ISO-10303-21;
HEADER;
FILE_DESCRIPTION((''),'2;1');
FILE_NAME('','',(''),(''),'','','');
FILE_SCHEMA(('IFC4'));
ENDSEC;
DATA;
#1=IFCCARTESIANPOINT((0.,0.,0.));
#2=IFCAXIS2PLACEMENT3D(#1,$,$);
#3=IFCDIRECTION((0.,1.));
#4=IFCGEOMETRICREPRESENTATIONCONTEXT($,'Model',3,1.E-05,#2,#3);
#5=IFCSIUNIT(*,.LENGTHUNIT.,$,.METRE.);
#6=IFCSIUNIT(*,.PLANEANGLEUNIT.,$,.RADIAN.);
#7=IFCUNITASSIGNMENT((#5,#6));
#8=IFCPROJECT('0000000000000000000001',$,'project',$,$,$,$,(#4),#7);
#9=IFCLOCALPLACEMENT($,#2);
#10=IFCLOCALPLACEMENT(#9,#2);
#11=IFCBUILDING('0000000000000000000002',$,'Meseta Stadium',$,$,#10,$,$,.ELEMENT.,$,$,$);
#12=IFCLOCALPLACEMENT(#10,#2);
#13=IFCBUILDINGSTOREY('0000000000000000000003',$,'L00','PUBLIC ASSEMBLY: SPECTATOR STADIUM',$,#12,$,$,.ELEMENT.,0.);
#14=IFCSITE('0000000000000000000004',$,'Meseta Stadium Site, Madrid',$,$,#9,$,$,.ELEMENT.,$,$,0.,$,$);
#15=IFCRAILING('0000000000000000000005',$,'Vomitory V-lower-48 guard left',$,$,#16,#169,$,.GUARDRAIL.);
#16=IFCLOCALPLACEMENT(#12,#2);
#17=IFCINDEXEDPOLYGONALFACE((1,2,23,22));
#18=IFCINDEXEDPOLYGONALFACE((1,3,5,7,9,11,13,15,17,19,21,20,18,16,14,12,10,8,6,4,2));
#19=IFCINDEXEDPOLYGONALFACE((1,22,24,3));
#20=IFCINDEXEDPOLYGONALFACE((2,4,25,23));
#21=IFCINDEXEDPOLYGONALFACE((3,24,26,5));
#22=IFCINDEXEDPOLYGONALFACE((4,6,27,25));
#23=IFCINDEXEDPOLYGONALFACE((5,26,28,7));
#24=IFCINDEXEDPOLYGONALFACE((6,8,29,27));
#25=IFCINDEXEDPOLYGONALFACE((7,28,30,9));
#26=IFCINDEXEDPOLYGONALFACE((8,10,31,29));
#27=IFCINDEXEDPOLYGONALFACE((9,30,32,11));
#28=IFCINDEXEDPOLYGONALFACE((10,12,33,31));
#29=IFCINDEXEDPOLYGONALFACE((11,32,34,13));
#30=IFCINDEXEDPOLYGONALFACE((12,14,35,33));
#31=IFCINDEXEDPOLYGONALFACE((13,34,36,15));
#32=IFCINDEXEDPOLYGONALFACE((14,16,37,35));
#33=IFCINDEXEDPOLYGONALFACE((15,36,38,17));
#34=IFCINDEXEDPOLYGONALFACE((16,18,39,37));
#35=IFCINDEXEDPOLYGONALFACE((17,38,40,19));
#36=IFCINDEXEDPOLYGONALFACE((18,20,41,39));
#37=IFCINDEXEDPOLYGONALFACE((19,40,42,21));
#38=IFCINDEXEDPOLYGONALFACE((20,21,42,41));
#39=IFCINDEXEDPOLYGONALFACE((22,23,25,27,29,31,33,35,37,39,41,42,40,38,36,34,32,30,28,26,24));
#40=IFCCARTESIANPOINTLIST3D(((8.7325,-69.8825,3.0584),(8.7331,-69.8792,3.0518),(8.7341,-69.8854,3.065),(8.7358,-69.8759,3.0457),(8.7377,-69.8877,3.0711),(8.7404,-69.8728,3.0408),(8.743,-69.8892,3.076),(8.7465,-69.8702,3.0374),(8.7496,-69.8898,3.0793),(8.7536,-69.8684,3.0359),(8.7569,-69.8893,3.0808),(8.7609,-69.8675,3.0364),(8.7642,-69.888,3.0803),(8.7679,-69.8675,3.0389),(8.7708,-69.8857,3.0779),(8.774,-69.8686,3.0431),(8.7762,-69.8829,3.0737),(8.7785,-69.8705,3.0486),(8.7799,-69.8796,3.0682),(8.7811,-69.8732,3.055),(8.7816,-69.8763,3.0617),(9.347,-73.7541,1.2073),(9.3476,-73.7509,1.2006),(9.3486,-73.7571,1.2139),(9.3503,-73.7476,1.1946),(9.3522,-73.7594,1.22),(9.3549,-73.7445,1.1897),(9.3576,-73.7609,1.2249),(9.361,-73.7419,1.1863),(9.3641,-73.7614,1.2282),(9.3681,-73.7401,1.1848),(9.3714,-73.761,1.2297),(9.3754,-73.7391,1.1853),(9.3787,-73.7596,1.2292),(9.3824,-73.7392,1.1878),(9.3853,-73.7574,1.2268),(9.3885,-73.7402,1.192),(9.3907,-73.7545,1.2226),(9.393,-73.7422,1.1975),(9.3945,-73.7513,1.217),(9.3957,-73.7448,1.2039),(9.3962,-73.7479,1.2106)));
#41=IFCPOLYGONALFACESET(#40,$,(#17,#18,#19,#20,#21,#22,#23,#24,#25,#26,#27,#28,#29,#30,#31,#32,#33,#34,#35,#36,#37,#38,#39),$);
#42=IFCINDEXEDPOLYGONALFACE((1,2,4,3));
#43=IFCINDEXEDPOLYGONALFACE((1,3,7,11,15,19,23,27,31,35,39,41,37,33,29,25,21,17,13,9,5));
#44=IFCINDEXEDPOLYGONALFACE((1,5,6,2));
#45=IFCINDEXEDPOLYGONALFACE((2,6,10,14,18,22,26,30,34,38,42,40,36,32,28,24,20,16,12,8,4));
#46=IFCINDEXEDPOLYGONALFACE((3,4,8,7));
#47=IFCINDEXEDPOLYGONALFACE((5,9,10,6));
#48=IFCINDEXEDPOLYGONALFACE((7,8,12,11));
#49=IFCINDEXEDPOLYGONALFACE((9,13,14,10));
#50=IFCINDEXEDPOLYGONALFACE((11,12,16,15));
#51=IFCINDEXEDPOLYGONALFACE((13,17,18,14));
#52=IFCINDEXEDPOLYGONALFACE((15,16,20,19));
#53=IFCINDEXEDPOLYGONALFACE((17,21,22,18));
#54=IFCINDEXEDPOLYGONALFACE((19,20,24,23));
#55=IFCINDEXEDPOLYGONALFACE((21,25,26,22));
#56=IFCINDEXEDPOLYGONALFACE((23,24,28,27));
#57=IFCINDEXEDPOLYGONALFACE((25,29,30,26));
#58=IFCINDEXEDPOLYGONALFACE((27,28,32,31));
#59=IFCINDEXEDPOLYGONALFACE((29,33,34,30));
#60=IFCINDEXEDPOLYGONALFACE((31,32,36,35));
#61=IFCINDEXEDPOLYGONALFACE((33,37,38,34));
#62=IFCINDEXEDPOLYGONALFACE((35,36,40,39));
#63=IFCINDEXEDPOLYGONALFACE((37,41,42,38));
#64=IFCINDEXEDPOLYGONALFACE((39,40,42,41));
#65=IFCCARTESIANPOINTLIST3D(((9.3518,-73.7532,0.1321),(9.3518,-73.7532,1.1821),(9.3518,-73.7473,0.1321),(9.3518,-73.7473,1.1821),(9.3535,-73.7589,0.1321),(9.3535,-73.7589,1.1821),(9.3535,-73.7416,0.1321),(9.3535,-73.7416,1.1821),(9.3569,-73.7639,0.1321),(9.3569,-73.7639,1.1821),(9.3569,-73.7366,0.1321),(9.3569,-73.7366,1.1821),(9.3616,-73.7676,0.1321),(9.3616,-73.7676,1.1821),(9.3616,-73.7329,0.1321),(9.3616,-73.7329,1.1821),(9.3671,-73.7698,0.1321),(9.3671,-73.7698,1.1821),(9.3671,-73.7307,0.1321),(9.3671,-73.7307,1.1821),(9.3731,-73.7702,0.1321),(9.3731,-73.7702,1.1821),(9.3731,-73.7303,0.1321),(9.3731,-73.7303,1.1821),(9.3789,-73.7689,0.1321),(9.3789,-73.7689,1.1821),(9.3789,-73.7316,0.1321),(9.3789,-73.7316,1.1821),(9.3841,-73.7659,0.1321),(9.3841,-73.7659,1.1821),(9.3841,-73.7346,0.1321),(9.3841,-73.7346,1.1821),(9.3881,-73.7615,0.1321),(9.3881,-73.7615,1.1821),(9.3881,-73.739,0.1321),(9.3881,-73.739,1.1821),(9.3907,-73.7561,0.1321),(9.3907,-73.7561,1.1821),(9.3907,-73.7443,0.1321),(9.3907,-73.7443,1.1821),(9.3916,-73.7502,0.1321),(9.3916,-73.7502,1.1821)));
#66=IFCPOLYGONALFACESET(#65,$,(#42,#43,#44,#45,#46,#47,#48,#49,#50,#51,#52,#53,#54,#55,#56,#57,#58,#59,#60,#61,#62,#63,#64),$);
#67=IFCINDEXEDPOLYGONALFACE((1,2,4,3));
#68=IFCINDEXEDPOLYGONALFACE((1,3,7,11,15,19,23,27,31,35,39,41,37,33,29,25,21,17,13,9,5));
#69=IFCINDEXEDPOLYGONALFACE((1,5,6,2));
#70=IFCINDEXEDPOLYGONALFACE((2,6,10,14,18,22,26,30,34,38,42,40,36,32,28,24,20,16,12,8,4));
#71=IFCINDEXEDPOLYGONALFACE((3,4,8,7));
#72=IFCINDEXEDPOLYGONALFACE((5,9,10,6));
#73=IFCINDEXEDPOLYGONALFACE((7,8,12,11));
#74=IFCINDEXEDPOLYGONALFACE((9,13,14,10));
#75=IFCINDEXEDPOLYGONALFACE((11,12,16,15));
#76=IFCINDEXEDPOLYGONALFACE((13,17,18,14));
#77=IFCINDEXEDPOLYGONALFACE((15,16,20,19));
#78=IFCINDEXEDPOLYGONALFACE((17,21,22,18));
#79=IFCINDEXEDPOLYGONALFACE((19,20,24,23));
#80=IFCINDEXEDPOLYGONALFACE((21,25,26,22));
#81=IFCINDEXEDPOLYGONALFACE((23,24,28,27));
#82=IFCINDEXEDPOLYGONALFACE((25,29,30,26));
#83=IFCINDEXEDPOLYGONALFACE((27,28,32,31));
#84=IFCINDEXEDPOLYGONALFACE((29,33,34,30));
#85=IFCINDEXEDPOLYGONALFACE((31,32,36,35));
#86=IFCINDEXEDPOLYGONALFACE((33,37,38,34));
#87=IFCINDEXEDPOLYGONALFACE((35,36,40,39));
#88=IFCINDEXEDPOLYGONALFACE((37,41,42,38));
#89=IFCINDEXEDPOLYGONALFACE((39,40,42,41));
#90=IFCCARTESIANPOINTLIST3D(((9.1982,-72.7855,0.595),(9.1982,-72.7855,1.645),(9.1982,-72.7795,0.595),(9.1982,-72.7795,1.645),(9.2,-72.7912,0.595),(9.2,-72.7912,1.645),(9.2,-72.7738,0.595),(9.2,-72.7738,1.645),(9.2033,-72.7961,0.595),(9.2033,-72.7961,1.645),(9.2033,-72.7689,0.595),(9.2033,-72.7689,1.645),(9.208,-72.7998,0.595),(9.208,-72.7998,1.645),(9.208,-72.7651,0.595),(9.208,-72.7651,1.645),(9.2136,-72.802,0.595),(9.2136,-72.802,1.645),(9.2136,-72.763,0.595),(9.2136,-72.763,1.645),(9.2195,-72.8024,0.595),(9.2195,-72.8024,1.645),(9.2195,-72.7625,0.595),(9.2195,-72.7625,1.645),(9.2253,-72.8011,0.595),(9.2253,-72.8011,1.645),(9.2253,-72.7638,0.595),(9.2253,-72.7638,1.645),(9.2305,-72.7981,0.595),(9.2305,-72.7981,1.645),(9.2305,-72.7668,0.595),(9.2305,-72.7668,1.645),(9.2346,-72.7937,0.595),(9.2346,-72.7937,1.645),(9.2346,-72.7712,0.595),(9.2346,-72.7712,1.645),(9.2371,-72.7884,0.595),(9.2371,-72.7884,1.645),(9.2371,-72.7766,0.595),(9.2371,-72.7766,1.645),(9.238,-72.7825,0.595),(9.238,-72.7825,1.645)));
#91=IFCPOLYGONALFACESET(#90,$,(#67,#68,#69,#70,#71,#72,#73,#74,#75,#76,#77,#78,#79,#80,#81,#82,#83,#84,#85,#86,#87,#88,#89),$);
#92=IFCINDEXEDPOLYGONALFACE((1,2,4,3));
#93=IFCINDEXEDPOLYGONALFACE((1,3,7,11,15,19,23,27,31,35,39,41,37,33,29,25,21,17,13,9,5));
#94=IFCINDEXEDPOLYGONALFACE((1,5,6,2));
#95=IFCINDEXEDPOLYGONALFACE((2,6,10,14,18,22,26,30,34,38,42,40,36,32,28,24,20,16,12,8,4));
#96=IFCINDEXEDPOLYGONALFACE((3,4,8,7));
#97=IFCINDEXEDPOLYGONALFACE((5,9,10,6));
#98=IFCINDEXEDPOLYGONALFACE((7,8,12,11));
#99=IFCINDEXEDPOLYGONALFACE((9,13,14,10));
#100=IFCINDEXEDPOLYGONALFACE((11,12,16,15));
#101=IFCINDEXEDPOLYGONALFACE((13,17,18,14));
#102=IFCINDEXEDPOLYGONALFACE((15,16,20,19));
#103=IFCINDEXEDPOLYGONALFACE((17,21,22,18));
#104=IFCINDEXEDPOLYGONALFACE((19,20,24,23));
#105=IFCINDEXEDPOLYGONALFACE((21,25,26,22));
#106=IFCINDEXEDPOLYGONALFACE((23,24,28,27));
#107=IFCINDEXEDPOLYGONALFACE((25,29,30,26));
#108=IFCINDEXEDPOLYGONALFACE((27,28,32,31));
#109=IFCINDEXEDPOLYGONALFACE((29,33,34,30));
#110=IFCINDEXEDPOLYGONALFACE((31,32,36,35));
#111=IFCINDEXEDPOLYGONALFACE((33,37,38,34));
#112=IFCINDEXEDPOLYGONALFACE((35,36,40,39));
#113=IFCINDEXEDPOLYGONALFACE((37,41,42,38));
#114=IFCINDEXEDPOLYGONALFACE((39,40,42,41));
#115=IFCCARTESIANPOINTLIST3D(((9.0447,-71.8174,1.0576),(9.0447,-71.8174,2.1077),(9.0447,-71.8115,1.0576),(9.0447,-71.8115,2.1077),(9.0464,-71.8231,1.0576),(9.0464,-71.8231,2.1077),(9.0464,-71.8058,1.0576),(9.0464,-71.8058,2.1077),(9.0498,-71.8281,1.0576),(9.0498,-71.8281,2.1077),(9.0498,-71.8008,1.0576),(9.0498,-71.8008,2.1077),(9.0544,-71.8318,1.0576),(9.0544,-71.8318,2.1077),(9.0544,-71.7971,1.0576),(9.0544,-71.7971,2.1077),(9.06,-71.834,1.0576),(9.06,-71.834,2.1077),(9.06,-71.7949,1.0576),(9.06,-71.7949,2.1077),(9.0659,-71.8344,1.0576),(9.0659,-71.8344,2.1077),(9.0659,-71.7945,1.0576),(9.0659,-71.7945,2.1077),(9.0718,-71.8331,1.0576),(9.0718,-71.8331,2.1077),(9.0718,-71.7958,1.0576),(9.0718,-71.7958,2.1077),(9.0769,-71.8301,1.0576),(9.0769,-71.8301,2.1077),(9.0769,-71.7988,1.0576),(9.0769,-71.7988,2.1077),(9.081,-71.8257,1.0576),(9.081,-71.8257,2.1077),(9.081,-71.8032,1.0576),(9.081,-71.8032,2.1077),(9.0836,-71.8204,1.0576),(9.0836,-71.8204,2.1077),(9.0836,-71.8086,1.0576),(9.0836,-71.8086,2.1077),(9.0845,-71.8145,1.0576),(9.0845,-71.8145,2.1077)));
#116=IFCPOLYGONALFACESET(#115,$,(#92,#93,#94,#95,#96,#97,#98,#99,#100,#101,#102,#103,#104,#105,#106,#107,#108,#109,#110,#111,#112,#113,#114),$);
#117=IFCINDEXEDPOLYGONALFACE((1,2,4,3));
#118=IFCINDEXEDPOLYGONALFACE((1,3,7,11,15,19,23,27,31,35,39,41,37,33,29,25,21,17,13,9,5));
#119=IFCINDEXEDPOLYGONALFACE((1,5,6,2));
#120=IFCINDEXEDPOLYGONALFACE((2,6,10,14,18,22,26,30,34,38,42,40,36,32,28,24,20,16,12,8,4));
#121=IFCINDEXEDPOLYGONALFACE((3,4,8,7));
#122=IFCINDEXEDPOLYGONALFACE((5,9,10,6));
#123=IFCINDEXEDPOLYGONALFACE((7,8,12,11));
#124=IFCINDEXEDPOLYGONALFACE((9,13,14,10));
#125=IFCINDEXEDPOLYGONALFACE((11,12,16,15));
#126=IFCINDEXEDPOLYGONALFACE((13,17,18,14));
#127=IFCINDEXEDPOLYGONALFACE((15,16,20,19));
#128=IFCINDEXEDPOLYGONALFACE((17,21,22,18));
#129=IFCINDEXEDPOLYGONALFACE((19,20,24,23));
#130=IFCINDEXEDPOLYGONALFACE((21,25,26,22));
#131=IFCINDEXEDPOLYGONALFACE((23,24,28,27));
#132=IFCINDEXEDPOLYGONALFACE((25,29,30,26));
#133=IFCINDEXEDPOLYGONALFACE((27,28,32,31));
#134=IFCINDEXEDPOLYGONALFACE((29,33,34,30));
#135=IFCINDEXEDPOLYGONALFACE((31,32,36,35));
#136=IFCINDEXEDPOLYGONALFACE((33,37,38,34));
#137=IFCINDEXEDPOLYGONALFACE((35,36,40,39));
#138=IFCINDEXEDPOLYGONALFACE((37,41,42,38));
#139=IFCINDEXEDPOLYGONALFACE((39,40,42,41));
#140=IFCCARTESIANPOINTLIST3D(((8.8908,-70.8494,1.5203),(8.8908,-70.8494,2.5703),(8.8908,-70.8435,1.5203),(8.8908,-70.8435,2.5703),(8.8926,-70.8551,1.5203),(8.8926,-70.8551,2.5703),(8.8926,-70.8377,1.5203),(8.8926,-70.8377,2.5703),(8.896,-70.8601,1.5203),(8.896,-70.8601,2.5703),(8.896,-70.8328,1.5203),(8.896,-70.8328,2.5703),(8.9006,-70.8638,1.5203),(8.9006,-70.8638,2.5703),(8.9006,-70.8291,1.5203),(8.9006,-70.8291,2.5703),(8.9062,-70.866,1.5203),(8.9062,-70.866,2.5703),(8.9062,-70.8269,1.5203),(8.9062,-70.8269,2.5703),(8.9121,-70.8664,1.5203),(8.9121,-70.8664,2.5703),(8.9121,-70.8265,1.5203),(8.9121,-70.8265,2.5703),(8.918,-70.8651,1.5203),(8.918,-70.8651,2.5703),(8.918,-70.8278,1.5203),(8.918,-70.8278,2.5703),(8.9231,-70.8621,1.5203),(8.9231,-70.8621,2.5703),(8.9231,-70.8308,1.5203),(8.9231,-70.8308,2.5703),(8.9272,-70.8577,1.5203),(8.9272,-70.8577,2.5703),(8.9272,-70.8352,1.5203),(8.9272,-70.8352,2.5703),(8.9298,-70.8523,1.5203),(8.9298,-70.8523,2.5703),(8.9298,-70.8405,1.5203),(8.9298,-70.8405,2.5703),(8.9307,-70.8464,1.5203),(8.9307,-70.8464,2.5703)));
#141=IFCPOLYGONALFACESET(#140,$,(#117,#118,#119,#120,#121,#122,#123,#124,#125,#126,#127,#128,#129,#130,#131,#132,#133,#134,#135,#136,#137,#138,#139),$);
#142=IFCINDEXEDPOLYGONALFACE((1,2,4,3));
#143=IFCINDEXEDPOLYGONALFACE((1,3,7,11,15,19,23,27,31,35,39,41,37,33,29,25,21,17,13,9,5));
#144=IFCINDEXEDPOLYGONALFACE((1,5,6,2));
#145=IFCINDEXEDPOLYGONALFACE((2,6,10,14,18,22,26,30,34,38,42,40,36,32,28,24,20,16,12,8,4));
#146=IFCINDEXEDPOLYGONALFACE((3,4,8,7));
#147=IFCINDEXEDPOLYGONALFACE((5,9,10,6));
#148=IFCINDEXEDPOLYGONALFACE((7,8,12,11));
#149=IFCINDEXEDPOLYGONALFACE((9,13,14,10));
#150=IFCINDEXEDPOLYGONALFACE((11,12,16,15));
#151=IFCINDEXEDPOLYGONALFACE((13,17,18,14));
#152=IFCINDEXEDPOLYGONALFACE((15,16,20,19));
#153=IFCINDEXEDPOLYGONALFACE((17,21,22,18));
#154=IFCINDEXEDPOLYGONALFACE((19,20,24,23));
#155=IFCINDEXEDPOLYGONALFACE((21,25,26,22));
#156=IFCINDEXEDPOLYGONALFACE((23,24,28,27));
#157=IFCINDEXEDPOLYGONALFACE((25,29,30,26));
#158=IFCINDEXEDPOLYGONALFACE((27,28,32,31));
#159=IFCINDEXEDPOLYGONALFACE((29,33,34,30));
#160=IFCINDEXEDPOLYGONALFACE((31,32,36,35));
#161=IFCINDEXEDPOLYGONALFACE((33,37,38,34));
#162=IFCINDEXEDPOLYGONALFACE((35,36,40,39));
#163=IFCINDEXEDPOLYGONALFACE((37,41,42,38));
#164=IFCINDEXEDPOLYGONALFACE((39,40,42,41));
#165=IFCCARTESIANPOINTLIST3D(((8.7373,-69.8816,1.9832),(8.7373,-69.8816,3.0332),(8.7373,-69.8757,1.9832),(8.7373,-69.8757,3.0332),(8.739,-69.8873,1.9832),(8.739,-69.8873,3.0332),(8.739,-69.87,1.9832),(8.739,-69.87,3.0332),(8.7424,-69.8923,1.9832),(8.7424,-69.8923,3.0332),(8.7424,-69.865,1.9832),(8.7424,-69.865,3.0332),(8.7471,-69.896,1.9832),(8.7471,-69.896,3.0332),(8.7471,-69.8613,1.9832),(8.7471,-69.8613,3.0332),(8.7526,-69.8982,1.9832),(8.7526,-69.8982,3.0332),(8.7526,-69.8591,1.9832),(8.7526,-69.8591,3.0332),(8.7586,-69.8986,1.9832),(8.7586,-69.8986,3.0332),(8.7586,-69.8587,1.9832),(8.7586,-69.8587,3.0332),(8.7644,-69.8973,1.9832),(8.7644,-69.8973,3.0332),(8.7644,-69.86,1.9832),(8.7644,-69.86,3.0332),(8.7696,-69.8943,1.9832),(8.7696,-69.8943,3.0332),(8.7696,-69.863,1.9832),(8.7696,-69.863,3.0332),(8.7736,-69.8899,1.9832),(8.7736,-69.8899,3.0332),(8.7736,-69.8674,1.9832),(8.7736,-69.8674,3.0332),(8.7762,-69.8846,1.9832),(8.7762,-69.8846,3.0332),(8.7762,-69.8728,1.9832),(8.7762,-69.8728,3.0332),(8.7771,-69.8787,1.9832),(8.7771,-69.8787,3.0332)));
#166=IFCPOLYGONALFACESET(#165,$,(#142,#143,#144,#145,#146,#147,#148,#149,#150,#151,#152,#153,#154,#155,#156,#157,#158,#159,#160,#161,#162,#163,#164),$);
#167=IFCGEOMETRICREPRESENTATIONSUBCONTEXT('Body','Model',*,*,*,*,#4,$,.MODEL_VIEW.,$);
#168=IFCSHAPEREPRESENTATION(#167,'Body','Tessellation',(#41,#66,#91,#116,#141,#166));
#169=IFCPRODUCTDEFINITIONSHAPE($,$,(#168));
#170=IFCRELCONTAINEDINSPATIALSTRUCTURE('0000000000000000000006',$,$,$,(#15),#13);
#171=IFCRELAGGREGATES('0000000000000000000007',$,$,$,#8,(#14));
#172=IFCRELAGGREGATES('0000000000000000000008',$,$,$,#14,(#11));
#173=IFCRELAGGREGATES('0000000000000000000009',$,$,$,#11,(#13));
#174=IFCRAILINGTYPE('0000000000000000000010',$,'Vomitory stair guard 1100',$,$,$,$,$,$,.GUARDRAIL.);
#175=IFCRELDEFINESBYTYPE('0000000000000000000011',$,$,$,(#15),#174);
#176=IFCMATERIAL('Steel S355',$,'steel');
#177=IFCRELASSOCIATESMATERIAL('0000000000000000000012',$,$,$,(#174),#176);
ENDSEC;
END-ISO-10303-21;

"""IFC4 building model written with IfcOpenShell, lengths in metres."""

from ifc_helpers import new_model, si_unit, direction, frame, origin, origin_2d, place, context, subcontext, project, spatial, circle, extrude, material, type_object, element, save


model = new_model("IFC4")

# Units and contexts
model_context = context("Model", 3, precision=1e-05, world=origin(), true_north=direction((0.0, 1.0)))
body_context = subcontext(model_context, "Body", "Model", "MODEL_VIEW")
ifc_project = project(units=[si_unit("LENGTHUNIT", "METRE"), si_unit("PLANEANGLEUNIT", "RADIAN")], contexts=[model_context])

# Site, building, storey
site_placement = place(None, origin())
site = spatial("IfcSite", under=ifc_project, at=site_placement, Name="Meseta Stadium Site, Madrid", CompositionType="ELEMENT", RefElevation=0.0)
building_placement = place(site_placement, origin())
building = spatial("IfcBuilding", under=site, at=building_placement, Name="Meseta Stadium", CompositionType="ELEMENT")
storey_placement = place(building_placement, origin())
storey = spatial("IfcBuildingStorey", under=building, at=storey_placement, Name="L00", Description="PUBLIC ASSEMBLY: SPECTATOR STADIUM", CompositionType="ELEMENT", Elevation=0.0)

# Railing
ifc_material_1 = material(Name="Steel S355", Category="steel")
railing_type_1 = type_object("IfcRailingType", Name="Vomitory stair guard 1100", PredefinedType="GUARDRAIL", material=ifc_material_1)
for number, where, name in (
    (1, (9.3716, -73.7502, 0.1321), "Vomitory V-lower-48 guard left"),
):
    element("IfcRailing", number, at=place(storey_placement, frame(where)), inside=storey, type_object=railing_type_1, Name=name, PredefinedType="GUARDRAIL", context=body_context, shape_type="SweptSolid", body=[
        extrude(circle(Radius=0.0249, at=origin_2d()), frame((0.0, 0.0, 1.0752), z_axis=(-0.14175, 0.893074, 0.426995), x_axis=(-0.987637, -0.156759, 0.0)), (0.0, 0.0, 1.0), 4.3352),
        extrude(circle(Radius=0.02, at=origin_2d()), origin(), (0.0, 0.0, 1.0), 1.05),
        extrude(circle(Radius=0.02, at=origin_2d()), frame((-0.1536, 0.9678, 0.4629)), (0.0, 0.0, 1.0), 1.05),
        extrude(circle(Radius=0.02, at=origin_2d()), frame((-0.3071, 1.9358, 0.9255)), (0.0, 0.0, 1.0), 1.05),
        extrude(circle(Radius=0.02, at=origin_2d()), frame((-0.4609, 2.9038, 1.3882)), (0.0, 0.0, 1.0), 1.05),
        extrude(circle(Radius=0.02, at=origin_2d()), frame((-0.6145, 3.8716, 1.8511)), (0.0, 0.0, 1.0), 1.05),
    ])

save(model, "model.ifc")
